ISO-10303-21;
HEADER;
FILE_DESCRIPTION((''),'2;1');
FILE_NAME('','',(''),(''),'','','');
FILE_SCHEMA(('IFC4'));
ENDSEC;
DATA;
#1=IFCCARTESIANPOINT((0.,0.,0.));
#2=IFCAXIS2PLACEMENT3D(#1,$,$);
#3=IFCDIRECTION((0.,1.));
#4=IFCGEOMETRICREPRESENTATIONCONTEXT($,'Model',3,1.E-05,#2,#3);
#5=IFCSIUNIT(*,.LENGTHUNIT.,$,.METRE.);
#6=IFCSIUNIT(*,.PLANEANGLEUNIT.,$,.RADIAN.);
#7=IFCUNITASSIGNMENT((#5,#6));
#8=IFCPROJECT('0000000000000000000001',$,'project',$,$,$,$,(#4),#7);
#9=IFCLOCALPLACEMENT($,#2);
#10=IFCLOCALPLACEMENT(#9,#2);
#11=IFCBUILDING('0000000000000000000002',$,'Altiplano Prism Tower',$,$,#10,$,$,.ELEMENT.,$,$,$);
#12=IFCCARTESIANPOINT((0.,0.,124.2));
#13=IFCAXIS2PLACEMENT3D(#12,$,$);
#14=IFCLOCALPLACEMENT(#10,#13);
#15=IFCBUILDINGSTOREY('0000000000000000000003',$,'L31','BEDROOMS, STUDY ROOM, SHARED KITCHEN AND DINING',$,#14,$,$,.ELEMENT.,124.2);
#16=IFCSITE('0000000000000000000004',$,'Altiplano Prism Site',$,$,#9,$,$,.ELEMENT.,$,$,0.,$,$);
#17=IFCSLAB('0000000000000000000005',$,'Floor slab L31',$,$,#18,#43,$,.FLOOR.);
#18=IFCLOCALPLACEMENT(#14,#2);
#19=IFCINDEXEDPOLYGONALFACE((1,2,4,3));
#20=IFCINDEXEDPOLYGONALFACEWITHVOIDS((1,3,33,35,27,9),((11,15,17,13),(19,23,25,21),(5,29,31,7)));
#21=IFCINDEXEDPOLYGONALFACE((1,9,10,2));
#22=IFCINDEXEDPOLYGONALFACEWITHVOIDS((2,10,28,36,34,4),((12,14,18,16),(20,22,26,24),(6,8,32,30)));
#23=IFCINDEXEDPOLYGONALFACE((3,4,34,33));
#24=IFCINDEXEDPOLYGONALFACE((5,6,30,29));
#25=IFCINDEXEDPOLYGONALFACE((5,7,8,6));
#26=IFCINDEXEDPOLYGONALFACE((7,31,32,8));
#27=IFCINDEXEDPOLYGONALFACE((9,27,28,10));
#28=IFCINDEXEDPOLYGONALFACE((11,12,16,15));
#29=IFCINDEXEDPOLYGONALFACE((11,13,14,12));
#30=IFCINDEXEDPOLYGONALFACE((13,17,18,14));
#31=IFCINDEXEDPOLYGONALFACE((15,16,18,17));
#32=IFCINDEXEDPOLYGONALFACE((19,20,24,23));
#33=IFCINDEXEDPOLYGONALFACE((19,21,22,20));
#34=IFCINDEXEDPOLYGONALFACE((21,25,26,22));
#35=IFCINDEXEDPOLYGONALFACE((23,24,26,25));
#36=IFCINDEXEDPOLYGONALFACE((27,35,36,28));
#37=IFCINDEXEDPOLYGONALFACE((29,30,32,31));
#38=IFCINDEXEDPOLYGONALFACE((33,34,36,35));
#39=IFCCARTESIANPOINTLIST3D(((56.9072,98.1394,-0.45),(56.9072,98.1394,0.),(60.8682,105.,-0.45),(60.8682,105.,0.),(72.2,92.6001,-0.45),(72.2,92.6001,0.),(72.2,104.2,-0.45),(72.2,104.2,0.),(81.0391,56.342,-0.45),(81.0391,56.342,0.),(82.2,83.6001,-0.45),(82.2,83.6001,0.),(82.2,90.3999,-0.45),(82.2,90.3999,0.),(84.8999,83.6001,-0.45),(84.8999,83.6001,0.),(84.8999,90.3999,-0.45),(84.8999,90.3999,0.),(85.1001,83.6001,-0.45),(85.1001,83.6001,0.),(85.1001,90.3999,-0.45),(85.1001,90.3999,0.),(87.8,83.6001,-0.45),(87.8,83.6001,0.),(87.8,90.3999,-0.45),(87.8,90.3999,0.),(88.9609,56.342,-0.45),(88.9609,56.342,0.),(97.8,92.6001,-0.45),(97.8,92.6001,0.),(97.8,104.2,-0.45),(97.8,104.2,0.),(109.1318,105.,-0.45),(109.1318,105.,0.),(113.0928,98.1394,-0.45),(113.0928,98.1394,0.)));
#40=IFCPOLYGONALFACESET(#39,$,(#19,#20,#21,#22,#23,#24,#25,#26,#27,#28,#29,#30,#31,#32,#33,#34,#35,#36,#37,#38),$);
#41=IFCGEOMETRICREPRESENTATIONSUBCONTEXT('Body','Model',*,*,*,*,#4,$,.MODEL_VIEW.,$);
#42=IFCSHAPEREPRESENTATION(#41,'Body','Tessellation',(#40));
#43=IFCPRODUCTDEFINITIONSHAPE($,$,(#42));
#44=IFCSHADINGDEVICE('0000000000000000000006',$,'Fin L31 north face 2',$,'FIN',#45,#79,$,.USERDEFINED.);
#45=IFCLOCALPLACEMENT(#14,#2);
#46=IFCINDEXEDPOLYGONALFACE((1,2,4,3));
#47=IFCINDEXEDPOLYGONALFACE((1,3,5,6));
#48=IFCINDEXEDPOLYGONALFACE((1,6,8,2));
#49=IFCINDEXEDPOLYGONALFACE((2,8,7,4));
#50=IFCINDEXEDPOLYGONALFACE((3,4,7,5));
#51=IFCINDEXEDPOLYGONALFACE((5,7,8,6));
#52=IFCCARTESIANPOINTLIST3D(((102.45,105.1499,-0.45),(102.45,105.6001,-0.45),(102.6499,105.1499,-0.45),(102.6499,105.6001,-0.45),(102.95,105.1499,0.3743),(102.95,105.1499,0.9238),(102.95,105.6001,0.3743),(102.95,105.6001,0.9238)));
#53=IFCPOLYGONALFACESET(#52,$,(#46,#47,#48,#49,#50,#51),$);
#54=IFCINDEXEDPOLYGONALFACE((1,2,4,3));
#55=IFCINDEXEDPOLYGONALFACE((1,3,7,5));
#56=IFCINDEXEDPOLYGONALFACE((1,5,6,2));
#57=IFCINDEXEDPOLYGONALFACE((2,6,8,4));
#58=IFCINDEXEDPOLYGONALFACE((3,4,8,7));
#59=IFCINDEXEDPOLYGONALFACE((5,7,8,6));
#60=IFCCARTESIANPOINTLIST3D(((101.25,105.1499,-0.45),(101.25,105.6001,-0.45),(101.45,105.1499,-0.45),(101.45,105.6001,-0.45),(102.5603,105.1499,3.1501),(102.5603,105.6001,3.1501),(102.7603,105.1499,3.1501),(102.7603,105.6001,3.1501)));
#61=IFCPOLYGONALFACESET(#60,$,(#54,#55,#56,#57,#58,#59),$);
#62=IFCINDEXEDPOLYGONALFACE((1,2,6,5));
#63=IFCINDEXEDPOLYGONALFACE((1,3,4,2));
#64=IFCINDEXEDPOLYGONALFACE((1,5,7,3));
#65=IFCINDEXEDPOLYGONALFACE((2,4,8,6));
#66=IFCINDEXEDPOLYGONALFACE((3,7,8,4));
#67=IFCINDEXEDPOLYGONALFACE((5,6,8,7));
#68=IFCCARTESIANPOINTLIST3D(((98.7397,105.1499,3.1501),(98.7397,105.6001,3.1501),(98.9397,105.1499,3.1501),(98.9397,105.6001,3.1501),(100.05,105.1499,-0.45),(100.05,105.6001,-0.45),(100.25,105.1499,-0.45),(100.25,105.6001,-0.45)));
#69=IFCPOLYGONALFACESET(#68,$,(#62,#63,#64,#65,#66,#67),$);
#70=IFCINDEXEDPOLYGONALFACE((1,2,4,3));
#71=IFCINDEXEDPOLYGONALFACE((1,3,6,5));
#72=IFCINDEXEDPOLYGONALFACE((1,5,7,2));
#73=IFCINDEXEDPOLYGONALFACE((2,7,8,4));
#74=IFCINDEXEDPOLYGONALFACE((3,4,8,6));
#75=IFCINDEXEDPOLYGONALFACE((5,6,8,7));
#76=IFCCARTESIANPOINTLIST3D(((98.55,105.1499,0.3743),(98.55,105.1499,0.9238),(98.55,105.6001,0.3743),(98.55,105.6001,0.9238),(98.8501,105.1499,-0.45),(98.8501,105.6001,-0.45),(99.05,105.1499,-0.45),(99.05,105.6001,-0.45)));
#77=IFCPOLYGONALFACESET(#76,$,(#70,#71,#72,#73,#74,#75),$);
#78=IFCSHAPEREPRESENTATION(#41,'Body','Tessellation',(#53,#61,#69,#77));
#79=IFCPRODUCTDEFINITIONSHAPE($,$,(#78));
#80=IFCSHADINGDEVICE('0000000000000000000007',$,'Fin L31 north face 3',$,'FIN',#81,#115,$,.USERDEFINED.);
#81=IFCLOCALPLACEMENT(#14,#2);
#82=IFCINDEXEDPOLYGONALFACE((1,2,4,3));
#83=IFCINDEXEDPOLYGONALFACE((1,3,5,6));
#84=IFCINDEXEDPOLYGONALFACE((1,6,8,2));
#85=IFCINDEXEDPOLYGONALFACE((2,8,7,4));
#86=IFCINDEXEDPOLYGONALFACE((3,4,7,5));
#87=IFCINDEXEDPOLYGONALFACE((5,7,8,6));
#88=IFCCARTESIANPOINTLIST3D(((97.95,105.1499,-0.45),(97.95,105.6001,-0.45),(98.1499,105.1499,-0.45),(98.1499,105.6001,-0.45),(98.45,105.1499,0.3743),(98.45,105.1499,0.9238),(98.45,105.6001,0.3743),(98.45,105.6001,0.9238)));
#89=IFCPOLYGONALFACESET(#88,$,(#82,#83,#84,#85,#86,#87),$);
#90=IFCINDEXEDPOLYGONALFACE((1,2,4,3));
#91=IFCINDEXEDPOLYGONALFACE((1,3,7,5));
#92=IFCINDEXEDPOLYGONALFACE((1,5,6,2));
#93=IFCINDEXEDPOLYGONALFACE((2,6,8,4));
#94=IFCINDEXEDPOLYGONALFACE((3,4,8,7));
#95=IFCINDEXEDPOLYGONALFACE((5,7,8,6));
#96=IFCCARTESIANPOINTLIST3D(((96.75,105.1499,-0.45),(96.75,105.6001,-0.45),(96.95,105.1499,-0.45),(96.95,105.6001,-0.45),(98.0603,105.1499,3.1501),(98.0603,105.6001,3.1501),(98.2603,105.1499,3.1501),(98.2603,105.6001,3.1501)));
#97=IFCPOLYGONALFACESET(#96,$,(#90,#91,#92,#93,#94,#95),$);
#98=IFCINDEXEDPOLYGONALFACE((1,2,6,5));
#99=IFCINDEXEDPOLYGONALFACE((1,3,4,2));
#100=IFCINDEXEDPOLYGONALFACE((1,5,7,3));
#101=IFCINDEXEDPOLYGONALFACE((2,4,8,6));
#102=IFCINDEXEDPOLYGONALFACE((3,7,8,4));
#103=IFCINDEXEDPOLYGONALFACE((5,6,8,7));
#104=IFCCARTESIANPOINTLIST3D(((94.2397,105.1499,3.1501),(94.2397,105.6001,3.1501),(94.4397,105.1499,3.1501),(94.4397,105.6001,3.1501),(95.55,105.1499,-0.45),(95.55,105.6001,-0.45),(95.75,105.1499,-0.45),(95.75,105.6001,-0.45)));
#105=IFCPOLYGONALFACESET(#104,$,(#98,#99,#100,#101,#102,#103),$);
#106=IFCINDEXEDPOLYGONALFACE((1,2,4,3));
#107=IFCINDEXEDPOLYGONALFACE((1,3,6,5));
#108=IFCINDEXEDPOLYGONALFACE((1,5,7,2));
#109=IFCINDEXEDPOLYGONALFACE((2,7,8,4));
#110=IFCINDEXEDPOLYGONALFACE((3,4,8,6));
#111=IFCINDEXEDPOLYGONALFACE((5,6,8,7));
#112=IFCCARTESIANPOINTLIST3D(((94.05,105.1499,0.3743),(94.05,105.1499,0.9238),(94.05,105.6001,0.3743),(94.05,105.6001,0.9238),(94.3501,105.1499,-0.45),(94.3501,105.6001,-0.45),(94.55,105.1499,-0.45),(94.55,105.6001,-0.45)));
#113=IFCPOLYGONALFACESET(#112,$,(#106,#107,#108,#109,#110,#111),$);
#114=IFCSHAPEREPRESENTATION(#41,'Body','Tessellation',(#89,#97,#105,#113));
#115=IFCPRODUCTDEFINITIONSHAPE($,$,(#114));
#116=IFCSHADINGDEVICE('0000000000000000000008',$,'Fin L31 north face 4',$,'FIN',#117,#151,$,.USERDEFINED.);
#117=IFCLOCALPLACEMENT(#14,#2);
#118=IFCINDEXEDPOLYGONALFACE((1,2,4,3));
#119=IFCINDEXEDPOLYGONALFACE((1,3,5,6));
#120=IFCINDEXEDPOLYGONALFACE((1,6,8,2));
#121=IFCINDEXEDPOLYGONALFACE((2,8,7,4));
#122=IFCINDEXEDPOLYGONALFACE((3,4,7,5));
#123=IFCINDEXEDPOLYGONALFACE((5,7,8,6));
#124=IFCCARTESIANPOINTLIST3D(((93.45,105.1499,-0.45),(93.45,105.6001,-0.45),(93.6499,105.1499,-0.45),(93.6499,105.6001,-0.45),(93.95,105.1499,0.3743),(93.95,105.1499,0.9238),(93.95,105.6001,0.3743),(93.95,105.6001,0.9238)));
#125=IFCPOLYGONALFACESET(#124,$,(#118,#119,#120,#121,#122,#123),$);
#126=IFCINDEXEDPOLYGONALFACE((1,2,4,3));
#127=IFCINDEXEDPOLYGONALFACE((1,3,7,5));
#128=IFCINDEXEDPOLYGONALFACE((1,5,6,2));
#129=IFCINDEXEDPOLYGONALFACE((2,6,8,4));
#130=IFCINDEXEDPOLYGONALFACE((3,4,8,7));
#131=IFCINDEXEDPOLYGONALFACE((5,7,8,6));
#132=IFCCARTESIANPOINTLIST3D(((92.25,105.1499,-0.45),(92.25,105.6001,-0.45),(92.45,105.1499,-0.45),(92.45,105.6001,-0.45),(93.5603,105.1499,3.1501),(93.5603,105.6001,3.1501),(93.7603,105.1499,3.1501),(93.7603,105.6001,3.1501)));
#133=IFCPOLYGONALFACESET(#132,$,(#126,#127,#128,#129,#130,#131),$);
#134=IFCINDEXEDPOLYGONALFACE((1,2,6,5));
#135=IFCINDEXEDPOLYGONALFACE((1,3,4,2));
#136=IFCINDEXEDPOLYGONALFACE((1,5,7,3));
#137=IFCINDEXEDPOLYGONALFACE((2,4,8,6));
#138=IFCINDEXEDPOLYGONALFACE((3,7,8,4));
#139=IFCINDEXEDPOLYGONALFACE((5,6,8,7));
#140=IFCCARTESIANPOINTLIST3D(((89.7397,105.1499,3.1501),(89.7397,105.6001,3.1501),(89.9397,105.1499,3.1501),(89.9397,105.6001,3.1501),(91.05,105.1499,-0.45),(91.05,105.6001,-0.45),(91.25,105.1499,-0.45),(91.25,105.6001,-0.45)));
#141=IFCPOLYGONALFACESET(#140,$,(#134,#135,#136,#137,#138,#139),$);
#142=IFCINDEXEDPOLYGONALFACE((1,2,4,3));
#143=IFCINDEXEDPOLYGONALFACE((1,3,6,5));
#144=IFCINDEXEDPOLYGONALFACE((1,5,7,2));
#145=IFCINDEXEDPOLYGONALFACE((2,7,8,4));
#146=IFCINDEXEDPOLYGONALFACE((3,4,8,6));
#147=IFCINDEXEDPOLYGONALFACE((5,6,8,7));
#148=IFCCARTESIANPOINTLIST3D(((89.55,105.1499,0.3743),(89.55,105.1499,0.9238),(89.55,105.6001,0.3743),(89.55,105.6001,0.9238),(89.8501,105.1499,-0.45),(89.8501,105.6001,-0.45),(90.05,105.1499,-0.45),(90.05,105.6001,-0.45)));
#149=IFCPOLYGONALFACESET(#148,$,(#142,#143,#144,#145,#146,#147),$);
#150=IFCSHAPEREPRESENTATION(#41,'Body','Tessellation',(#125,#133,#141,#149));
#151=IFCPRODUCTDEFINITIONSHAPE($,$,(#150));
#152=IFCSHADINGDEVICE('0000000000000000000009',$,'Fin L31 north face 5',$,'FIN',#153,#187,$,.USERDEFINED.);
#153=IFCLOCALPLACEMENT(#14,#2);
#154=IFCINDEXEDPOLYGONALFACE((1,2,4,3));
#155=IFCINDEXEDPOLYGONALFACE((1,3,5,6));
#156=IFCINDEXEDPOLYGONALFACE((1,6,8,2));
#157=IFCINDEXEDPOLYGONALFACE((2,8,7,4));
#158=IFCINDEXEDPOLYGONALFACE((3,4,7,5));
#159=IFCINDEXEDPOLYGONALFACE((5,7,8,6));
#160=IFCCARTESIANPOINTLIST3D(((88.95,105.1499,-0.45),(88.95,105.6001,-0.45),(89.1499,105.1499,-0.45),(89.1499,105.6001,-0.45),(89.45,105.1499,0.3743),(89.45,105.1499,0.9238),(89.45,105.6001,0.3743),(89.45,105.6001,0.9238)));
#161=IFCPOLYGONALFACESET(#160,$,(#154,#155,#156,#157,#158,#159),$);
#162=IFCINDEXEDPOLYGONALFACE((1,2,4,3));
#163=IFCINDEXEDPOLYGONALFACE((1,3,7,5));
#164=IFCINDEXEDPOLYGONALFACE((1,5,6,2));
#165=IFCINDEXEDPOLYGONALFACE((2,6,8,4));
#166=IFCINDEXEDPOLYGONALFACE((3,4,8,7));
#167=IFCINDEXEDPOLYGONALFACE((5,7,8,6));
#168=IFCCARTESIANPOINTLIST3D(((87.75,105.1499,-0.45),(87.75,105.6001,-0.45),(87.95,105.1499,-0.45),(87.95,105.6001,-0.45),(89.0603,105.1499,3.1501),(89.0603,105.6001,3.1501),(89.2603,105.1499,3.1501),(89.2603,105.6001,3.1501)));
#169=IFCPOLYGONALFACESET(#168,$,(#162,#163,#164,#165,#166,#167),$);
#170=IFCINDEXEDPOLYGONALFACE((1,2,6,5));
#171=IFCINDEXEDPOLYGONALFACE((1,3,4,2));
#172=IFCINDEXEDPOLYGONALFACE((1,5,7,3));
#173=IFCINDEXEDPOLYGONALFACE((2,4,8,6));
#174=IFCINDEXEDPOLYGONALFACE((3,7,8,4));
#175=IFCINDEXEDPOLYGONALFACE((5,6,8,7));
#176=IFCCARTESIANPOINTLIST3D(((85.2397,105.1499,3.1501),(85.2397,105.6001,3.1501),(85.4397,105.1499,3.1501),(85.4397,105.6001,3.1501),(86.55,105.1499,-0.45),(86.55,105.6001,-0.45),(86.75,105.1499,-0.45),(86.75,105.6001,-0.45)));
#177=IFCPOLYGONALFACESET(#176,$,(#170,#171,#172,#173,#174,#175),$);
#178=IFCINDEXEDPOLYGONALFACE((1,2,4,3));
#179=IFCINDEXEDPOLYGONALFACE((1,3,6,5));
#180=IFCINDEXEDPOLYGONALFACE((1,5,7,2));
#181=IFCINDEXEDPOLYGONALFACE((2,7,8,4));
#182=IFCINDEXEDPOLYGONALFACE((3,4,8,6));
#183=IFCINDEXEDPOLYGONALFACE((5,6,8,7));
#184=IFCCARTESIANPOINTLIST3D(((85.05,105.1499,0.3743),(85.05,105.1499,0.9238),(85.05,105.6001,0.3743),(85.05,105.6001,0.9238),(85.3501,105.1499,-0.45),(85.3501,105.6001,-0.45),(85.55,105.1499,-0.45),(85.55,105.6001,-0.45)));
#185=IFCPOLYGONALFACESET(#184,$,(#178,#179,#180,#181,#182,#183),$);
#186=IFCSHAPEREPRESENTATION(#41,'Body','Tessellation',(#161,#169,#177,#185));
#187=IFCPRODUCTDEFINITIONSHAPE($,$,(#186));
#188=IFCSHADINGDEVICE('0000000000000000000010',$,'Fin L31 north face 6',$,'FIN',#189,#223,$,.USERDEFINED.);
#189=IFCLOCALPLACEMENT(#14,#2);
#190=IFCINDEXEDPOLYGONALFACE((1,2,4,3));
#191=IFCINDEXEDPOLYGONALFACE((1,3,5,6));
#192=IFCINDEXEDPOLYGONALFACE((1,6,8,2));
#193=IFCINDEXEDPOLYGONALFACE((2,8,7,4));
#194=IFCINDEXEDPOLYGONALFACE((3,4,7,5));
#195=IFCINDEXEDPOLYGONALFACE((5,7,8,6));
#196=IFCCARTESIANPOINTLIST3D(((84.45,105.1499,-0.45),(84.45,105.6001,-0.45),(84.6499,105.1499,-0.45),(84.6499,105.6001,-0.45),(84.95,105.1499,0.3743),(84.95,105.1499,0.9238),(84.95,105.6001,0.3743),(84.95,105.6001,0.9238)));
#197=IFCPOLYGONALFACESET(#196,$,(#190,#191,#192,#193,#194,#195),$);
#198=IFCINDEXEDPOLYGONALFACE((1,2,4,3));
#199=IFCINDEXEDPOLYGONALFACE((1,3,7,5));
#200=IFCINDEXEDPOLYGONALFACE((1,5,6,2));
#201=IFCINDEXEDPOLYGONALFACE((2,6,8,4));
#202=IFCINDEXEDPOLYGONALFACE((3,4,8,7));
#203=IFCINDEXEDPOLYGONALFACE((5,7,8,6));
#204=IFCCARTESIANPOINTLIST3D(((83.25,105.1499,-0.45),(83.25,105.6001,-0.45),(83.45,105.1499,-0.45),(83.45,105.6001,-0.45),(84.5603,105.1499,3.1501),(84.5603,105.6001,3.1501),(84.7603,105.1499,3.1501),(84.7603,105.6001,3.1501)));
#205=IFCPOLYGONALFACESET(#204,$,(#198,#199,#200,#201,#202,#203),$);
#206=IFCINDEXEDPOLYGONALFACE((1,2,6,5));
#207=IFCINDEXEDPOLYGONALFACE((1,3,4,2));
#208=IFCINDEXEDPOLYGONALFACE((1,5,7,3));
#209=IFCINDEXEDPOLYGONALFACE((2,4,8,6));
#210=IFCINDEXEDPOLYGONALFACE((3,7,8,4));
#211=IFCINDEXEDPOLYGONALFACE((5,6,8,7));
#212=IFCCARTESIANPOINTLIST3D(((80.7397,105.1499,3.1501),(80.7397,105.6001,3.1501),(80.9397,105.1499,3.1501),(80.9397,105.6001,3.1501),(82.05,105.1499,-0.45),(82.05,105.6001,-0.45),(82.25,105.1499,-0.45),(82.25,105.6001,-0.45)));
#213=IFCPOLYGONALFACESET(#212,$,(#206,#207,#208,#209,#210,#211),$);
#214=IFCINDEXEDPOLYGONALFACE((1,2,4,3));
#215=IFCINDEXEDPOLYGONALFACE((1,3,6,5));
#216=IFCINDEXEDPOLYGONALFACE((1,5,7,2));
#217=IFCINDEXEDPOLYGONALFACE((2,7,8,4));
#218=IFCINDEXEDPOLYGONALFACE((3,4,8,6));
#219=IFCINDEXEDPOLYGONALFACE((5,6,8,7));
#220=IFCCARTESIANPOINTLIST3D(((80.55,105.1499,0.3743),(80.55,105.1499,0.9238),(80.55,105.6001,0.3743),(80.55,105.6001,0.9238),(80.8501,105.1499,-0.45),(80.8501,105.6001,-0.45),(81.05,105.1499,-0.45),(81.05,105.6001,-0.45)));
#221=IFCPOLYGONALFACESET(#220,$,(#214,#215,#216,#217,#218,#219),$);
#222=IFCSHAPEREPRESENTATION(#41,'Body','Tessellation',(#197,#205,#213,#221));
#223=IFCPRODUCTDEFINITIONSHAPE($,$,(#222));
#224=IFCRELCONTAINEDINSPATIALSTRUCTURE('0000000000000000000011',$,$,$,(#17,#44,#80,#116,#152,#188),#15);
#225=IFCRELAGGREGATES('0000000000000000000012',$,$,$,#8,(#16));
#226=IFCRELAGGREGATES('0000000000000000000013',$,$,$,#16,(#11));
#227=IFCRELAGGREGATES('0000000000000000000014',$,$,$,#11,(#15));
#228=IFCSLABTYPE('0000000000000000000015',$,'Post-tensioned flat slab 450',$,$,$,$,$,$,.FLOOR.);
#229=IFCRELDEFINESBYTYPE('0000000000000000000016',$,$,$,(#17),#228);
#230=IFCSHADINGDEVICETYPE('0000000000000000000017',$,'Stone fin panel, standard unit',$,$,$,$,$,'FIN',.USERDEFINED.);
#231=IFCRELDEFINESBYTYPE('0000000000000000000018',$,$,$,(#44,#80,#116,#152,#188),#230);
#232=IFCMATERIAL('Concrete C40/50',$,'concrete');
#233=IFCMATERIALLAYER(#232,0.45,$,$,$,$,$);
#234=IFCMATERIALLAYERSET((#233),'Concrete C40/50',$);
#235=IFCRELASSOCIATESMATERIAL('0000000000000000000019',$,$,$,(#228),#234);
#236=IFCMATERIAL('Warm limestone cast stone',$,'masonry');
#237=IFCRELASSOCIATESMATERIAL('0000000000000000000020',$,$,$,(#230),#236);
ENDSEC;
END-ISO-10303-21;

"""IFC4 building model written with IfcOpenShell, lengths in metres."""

from ifc_helpers import new_model, si_unit, direction, frame, origin, place, context, subcontext, project, spatial, polyline, outline, extrude, source, transform, mapped, material, layer, layer_set, type_object, element, save


model = new_model("IFC4")

# Units and contexts
model_context = context("Model", 3, precision=1e-05, world=origin(), true_north=direction((0.0, 1.0)))
body_context = subcontext(model_context, "Body", "Model", "MODEL_VIEW")
ifc_project = project(units=[si_unit("LENGTHUNIT", "METRE"), si_unit("PLANEANGLEUNIT", "RADIAN")], contexts=[model_context])

# Site, building, storey
site_placement = place(None, origin())
site = spatial("IfcSite", under=ifc_project, at=site_placement, Name="Altiplano Prism Site", CompositionType="ELEMENT", RefElevation=0.0)
building_placement = place(site_placement, origin())
building = spatial("IfcBuilding", under=site, at=building_placement, Name="Altiplano Prism Tower", CompositionType="ELEMENT")
storey_placement = place(building_placement, frame((0.0, 0.0, 124.2)))
storey = spatial("IfcBuildingStorey", under=building, at=storey_placement, Name="L31", Description="BEDROOMS, STUDY ROOM, SHARED KITCHEN AND DINING", CompositionType="ELEMENT", Elevation=124.2)

# Slab
ifc_material_1 = material(Name="Concrete C40/50", Category="concrete")
ifc_layer = layer(ifc_material_1, 0.45)
ifc_layer_set = layer_set([ifc_layer], Name="Concrete C40/50")
slab_type = type_object("IfcSlabType", Name="Post-tensioned flat slab 450", PredefinedType="FLOOR", material=ifc_layer_set)
slab_placement = place(storey_placement, frame((0.0, 0.0, -0.45)))
element("IfcSlab", 1, at=slab_placement, inside=storey, type_object=slab_type, Name="Floor slab L31", PredefinedType="FLOOR", context=body_context, shape_type="SweptSolid", body=[
    extrude(outline(polyline([(81.0391, 56.342), (56.9072, 98.1394), (60.8682, 105.0), (109.1318, 105.0), (113.0928, 98.1394), (88.9609, 56.342), (81.0391, 56.342)]), holes=[polyline([(72.2, 104.2), (72.2, 92.6001), (97.8, 92.6001), (97.8, 104.2), (72.2, 104.2)]), polyline([(84.8999, 90.3999), (82.2, 90.3999), (82.2, 83.6001), (84.8999, 83.6001), (84.8999, 90.3999)]), polyline([(87.8, 83.6001), (87.8, 90.3999), (85.1001, 90.3999), (85.1001, 83.6001), (87.8, 83.6001)])]), origin(), (0.0, 0.0, 1.0), 0.45),
])

# Shading devices
ifc_material_2 = material(Name="Warm limestone cast stone", Category="masonry")
shading_device_type_1 = type_object("IfcShadingDeviceType", Name="Stone fin panel, standard unit", ElementType="FIN", PredefinedType="USERDEFINED", material=ifc_material_2)
shared_shape_1 = source(origin(), body_context, "Body", "SweptSolid", [
    extrude(outline(polyline([(-2.2, 1.3738), (-2.2, 0.8242), (-1.8999, 0.0), (-1.7, 0.0), (-2.2, 1.3738)])), frame((0.0, -0.1499, 0.0), z_axis=(0.0, -1.0, 0.0), x_axis=(1.0, 0.0, 0.0)), (0.0, 0.0, 1.0), 0.4502),
    extrude(outline(polyline([(-2.0103, 3.6001), (-0.7, 0.0), (-0.5, 0.0), (-1.8103, 3.6001), (-2.0103, 3.6001)])), frame((0.0, -0.1499, 0.0), z_axis=(0.0, -1.0, 0.0), x_axis=(1.0, 0.0, 0.0)), (0.0, 0.0, 1.0), 0.4502),
    extrude(outline(polyline([(1.8103, 3.6001), (0.5, 0.0), (0.7, 0.0), (2.0103, 3.6001), (1.8103, 3.6001)])), frame((0.0, -0.1499, 0.0), z_axis=(0.0, -1.0, 0.0), x_axis=(1.0, 0.0, 0.0)), (0.0, 0.0, 1.0), 0.4502),
    extrude(outline(polyline([(2.2, 0.8242), (2.2, 1.3738), (1.7, 0.0), (1.8999, 0.0), (2.2, 0.8242)])), frame((0.0, -0.1499, 0.0), z_axis=(0.0, -1.0, 0.0), x_axis=(1.0, 0.0, 0.0)), (0.0, 0.0, 1.0), 0.4502),
])
shading_device_1_placement = place(storey_placement, origin())
element("IfcShadingDevice", 2, at=shading_device_1_placement, inside=storey, type_object=shading_device_type_1, Name="Fin L31 north face 2", ObjectType="FIN", PredefinedType="USERDEFINED", context=body_context, shape_type="MappedRepresentation", body=[
    mapped(shared_shape_1, transform((100.75, 105.0, -0.45), x_axis=(-1.0, 0.0, 0.0), y_axis=(0.0, -1.0, 0.0), z_axis=(0.0, 0.0, 1.0))),
])
shading_device_2_placement = place(storey_placement, origin())
element("IfcShadingDevice", 3, at=shading_device_2_placement, inside=storey, type_object=shading_device_type_1, Name="Fin L31 north face 3", ObjectType="FIN", PredefinedType="USERDEFINED", context=body_context, shape_type="MappedRepresentation", body=[
    mapped(shared_shape_1, transform((96.25, 105.0, -0.45), x_axis=(-1.0, 0.0, 0.0), y_axis=(0.0, -1.0, 0.0), z_axis=(0.0, 0.0, 1.0))),
])
shading_device_3_placement = place(storey_placement, origin())
element("IfcShadingDevice", 4, at=shading_device_3_placement, inside=storey, type_object=shading_device_type_1, Name="Fin L31 north face 4", ObjectType="FIN", PredefinedType="USERDEFINED", context=body_context, shape_type="MappedRepresentation", body=[
    mapped(shared_shape_1, transform((91.75, 105.0, -0.45), x_axis=(-1.0, 0.0, 0.0), y_axis=(0.0, -1.0, 0.0), z_axis=(0.0, 0.0, 1.0))),
])
shading_device_4_placement = place(storey_placement, origin())
element("IfcShadingDevice", 5, at=shading_device_4_placement, inside=storey, type_object=shading_device_type_1, Name="Fin L31 north face 5", ObjectType="FIN", PredefinedType="USERDEFINED", context=body_context, shape_type="MappedRepresentation", body=[
    mapped(shared_shape_1, transform((87.25, 105.0, -0.45), x_axis=(-1.0, 0.0, 0.0), y_axis=(0.0, -1.0, 0.0), z_axis=(0.0, 0.0, 1.0))),
])
shading_device_5_placement = place(storey_placement, origin())
element("IfcShadingDevice", 6, at=shading_device_5_placement, inside=storey, type_object=shading_device_type_1, Name="Fin L31 north face 6", ObjectType="FIN", PredefinedType="USERDEFINED", context=body_context, shape_type="MappedRepresentation", body=[
    mapped(shared_shape_1, transform((82.75, 105.0, -0.45), x_axis=(-1.0, 0.0, 0.0), y_axis=(0.0, -1.0, 0.0), z_axis=(0.0, 0.0, 1.0))),
])

save(model, "model.ifc")
